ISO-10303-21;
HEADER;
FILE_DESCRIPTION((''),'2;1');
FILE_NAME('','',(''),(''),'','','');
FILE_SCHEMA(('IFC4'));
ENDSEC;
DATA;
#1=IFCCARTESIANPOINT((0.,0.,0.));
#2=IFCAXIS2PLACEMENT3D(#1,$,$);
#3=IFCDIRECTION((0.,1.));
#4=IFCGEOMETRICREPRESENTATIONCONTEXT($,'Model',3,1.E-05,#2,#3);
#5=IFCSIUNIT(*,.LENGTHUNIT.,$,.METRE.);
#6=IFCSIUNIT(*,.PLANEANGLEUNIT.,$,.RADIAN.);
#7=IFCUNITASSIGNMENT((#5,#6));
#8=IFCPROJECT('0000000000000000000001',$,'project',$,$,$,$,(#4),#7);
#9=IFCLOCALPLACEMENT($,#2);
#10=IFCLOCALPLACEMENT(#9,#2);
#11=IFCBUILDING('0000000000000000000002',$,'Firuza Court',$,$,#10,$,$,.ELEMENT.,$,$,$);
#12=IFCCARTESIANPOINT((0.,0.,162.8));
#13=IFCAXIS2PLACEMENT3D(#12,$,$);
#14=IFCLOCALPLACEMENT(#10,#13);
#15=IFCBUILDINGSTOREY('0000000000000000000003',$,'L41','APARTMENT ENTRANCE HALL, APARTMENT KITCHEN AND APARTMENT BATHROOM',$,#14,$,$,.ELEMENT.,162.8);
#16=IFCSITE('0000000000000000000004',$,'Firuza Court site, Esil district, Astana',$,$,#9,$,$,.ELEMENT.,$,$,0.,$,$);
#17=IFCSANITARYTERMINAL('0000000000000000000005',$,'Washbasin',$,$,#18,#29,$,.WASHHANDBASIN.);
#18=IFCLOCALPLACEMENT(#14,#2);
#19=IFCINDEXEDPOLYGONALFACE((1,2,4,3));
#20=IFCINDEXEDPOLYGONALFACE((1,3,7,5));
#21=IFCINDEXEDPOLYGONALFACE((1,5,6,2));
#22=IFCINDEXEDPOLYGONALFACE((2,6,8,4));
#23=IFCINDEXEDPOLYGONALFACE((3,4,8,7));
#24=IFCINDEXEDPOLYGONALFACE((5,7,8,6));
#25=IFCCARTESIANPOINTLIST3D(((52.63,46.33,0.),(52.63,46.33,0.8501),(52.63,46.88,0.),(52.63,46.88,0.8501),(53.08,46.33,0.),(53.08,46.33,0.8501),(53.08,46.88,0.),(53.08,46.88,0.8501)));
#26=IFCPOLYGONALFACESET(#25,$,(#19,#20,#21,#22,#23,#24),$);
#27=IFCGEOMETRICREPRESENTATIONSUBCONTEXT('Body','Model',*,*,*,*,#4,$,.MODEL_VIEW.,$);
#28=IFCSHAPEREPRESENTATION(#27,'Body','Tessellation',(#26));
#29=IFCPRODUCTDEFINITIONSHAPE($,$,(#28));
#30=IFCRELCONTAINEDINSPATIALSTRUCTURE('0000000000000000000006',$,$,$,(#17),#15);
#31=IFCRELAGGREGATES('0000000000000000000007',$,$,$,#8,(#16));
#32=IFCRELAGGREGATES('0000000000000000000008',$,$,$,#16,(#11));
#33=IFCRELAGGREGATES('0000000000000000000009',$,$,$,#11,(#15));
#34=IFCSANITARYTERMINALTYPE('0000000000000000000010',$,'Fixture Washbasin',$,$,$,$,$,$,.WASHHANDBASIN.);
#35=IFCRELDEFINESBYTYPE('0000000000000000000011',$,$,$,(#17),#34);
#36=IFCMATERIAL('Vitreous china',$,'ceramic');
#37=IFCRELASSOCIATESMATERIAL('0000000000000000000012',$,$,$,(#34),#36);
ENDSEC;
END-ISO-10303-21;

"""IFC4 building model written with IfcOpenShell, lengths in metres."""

from ifc_helpers import new_model, si_unit, direction, frame, origin, origin_2d, place, context, subcontext, project, spatial, rectangle, extrude, material, type_object, element, save


model = new_model("IFC4")

# Units and contexts
model_context = context("Model", 3, precision=1e-05, world=origin(), true_north=direction((0.0, 1.0)))
body_context = subcontext(model_context, "Body", "Model", "MODEL_VIEW")
ifc_project = project(units=[si_unit("LENGTHUNIT", "METRE"), si_unit("PLANEANGLEUNIT", "RADIAN")], contexts=[model_context])

# Site, building, storey
site_placement = place(None, origin())
site = spatial("IfcSite", under=ifc_project, at=site_placement, Name="Firuza Court site, Esil district, Astana", CompositionType="ELEMENT", RefElevation=0.0)
building_placement = place(site_placement, origin())
building = spatial("IfcBuilding", under=site, at=building_placement, Name="Firuza Court", CompositionType="ELEMENT")
storey_placement = place(building_placement, frame((0.0, 0.0, 162.8)))
storey = spatial("IfcBuildingStorey", under=building, at=storey_placement, Name="L41", Description="APARTMENT ENTRANCE HALL, APARTMENT KITCHEN AND APARTMENT BATHROOM", CompositionType="ELEMENT", Elevation=162.8)

# Sanitary terminal
ifc_material_1 = material(Name="Vitreous china", Category="ceramic")
sanitary_terminal_type_1 = type_object("IfcSanitaryTerminalType", Name="Fixture Washbasin", PredefinedType="WASHHANDBASIN", material=ifc_material_1)
sanitary_terminal_1_placement = place(storey_placement, frame((52.855, 46.605, 0.0), z_axis=(0.0, 0.0, 1.0), x_axis=(1.0, 0.0, 0.0)))
element("IfcSanitaryTerminal", 1, at=sanitary_terminal_1_placement, inside=storey, type_object=sanitary_terminal_type_1, Name="Washbasin", PredefinedType="WASHHANDBASIN", context=body_context, shape_type="SweptSolid", body=[
    extrude(rectangle(XDim=0.45, YDim=0.55, at=origin_2d()), origin(), (0.0, 0.0, 1.0), 0.8501),
])

save(model, "model.ifc")
